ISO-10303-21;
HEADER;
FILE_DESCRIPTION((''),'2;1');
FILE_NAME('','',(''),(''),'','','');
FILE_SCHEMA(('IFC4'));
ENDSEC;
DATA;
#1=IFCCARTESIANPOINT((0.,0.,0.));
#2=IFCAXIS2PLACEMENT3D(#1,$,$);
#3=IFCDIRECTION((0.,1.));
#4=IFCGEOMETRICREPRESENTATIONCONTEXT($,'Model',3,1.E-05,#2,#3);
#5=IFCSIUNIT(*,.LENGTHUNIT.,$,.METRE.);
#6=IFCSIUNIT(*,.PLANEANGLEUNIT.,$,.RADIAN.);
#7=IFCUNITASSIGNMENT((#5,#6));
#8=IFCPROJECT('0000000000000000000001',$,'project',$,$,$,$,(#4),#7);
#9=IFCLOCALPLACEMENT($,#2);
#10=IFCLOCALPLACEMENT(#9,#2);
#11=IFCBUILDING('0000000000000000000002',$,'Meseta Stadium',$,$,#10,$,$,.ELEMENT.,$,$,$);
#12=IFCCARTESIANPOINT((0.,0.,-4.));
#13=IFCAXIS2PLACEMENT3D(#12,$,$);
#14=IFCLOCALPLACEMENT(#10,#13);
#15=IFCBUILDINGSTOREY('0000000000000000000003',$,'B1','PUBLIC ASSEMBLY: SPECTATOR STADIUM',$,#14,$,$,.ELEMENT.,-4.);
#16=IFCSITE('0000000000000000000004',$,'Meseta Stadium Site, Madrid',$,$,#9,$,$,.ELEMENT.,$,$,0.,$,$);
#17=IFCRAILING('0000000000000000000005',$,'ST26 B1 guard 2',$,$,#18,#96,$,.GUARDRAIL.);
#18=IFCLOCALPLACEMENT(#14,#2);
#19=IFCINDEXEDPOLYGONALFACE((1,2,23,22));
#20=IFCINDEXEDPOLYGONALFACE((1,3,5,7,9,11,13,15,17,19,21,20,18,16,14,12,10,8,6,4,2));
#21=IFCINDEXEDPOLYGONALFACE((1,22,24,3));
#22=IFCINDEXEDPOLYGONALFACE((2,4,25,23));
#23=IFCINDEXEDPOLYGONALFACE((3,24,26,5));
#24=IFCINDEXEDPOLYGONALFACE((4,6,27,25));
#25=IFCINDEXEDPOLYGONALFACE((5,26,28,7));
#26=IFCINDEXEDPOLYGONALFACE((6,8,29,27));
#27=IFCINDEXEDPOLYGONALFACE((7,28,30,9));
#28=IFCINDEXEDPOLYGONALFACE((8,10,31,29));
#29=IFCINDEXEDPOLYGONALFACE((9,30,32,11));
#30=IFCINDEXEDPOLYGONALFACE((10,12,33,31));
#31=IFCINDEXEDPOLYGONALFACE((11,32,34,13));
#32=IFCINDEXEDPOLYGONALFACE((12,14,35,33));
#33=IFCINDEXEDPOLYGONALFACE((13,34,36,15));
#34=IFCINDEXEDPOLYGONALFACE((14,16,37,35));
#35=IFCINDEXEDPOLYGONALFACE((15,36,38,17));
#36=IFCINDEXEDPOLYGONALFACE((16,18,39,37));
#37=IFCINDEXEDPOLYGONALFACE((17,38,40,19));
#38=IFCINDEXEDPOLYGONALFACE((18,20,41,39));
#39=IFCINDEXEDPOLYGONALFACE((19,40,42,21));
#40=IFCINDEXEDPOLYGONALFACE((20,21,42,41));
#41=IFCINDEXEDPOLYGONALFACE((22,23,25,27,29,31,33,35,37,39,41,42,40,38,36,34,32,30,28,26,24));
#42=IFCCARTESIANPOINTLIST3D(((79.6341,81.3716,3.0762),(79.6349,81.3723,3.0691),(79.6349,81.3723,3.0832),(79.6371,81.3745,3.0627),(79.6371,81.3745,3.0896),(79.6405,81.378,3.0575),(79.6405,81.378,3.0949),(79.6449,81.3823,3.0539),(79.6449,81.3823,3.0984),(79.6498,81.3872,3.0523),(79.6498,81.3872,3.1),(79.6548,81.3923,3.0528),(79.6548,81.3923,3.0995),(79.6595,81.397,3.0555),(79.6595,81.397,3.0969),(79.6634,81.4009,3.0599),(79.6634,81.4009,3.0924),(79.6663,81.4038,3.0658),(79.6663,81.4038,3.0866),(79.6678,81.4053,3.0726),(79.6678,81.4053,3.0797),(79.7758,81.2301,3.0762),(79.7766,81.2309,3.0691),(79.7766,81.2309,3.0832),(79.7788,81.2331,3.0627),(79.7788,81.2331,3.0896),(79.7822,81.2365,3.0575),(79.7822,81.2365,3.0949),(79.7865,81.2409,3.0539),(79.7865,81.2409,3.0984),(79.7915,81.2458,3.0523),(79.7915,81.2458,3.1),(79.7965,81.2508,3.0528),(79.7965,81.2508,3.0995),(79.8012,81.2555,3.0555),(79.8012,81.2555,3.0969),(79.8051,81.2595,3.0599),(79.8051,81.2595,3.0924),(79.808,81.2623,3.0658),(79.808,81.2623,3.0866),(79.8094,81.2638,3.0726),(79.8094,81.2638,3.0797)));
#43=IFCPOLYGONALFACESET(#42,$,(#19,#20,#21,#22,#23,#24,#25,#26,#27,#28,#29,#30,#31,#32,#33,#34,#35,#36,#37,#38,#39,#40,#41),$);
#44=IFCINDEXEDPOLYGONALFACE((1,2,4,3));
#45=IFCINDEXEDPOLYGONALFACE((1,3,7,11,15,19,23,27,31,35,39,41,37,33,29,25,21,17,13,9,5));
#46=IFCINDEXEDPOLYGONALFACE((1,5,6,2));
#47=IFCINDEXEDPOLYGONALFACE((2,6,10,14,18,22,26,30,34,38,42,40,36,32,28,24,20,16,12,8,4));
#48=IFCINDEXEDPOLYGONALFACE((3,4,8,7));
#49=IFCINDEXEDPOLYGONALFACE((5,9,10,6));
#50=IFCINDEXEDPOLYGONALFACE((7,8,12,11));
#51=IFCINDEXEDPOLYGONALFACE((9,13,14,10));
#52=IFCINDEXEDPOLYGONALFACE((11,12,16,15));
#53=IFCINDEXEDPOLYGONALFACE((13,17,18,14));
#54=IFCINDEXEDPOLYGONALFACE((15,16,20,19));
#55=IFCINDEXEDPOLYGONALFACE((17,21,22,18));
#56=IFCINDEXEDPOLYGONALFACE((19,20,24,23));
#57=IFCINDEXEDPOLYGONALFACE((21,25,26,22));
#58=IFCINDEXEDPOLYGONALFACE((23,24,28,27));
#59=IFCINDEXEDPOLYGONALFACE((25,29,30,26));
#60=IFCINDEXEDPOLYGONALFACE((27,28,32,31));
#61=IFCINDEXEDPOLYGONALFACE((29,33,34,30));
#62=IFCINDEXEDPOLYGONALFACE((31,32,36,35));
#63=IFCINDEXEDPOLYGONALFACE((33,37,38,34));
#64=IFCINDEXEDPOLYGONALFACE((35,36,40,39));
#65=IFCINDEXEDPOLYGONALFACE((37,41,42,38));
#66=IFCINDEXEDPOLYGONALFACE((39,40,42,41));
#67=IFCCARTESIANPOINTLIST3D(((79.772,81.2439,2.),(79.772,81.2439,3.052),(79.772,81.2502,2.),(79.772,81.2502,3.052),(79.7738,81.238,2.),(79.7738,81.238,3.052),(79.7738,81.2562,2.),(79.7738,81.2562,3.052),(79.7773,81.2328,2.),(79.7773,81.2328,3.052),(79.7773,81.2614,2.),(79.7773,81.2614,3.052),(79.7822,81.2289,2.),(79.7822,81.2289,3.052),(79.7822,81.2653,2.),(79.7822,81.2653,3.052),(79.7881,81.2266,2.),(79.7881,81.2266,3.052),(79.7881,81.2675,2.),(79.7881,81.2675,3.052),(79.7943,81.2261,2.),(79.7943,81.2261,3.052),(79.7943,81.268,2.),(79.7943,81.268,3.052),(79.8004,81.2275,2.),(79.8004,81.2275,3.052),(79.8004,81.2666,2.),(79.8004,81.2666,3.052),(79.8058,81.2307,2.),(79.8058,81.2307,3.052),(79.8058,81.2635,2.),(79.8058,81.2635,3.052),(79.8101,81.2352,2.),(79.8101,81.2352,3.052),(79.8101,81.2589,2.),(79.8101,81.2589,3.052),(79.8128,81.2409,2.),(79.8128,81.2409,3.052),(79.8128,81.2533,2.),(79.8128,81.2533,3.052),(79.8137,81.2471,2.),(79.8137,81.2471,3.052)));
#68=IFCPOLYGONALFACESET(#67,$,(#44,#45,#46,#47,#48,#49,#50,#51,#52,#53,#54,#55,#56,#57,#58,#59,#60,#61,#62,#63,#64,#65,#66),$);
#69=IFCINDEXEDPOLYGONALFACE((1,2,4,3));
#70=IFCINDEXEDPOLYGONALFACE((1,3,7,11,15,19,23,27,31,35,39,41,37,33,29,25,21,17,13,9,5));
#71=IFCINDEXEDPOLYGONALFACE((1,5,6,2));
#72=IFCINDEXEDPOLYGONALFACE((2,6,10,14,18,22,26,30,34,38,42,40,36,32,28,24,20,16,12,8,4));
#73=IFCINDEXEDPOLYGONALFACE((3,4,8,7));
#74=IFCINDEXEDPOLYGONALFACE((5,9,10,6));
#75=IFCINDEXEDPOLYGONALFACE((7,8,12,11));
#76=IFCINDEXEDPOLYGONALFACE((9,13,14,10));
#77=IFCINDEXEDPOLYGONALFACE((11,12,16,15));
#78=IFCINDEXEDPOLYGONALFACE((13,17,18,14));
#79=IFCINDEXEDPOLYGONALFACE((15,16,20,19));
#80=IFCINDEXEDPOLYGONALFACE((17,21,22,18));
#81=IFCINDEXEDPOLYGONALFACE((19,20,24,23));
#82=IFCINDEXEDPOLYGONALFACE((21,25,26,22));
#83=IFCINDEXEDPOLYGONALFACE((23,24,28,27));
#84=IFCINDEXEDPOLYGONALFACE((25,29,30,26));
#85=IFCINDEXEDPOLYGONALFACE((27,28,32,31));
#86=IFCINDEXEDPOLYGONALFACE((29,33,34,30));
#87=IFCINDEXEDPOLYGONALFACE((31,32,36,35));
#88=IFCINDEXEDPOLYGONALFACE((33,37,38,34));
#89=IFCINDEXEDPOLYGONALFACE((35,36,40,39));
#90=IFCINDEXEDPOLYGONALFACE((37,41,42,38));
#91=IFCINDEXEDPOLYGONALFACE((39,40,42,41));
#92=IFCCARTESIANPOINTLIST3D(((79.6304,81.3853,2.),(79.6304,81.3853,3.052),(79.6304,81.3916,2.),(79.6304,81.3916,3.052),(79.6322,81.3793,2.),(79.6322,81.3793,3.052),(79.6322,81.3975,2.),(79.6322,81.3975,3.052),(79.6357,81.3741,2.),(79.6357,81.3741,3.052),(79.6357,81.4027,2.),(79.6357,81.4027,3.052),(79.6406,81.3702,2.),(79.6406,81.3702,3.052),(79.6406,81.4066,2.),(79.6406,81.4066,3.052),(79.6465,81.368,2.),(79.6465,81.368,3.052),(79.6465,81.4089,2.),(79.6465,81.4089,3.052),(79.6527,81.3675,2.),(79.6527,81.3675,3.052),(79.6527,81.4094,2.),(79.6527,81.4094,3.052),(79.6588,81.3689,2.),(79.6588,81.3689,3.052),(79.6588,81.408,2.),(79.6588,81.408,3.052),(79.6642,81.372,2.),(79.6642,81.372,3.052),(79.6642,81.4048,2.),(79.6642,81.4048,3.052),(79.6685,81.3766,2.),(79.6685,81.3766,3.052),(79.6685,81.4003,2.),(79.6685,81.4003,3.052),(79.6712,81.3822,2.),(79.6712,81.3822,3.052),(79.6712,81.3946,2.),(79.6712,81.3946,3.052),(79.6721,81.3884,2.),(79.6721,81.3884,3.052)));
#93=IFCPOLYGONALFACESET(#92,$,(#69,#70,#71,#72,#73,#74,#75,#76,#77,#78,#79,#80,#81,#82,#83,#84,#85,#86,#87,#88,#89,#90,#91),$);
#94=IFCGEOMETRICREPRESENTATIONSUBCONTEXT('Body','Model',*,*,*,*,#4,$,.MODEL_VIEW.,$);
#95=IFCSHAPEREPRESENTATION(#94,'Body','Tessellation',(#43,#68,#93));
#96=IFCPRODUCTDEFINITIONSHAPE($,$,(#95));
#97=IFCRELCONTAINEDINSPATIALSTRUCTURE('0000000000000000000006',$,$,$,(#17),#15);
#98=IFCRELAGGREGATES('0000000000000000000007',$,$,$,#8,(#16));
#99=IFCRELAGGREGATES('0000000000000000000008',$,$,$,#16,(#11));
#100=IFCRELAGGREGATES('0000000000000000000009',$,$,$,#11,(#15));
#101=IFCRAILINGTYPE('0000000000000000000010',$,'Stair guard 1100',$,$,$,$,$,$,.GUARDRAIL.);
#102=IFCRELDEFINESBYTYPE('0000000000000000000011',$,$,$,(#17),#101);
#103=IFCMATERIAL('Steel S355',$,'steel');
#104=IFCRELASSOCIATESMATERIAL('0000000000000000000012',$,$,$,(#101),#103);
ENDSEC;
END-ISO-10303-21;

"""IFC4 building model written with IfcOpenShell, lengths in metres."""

from ifc_helpers import new_model, si_unit, direction, frame, origin, origin_2d, place, context, subcontext, project, spatial, circle, extrude, material, type_object, element, save


model = new_model("IFC4")

# Units and contexts
model_context = context("Model", 3, precision=1e-05, world=origin(), true_north=direction((0.0, 1.0)))
body_context = subcontext(model_context, "Body", "Model", "MODEL_VIEW")
ifc_project = project(units=[si_unit("LENGTHUNIT", "METRE"), si_unit("PLANEANGLEUNIT", "RADIAN")], contexts=[model_context])

# Site, building, storey
site_placement = place(None, origin())
site = spatial("IfcSite", under=ifc_project, at=site_placement, Name="Meseta Stadium Site, Madrid", CompositionType="ELEMENT", RefElevation=0.0)
building_placement = place(site_placement, origin())
building = spatial("IfcBuilding", under=site, at=building_placement, Name="Meseta Stadium", CompositionType="ELEMENT")
storey_placement = place(building_placement, frame((0.0, 0.0, -4.0)))
storey = spatial("IfcBuildingStorey", under=building, at=storey_placement, Name="B1", Description="PUBLIC ASSEMBLY: SPECTATOR STADIUM", CompositionType="ELEMENT", Elevation=-4.0)

# Railing
ifc_material_1 = material(Name="Steel S355", Category="steel")
railing_type_1 = type_object("IfcRailingType", Name="Stair guard 1100", PredefinedType="GUARDRAIL", material=ifc_material_1)
railing_1_placement = place(storey_placement, frame((79.7927, 81.2471, 2.0)))
element("IfcRailing", 1, at=railing_1_placement, inside=storey, type_object=railing_type_1, Name="ST26 B1 guard 2", PredefinedType="GUARDRAIL", context=body_context, shape_type="SweptSolid", body=[
    extrude(circle(Radius=0.0239, at=origin_2d()), frame((0.0, 0.0, 1.0762), z_axis=(-0.707717, 0.706496, 0.0), x_axis=(-0.706496, -0.707717, 0.0)), (0.0, 0.0, 1.0), 0.2002),
    extrude(circle(Radius=0.021, at=origin_2d()), origin(), (0.0, 0.0, 1.0), 1.052),
    extrude(circle(Radius=0.021, at=origin_2d()), frame((-0.1416, 0.1414, 0.0)), (0.0, 0.0, 1.0), 1.052),
])

save(model, "model.ifc")
